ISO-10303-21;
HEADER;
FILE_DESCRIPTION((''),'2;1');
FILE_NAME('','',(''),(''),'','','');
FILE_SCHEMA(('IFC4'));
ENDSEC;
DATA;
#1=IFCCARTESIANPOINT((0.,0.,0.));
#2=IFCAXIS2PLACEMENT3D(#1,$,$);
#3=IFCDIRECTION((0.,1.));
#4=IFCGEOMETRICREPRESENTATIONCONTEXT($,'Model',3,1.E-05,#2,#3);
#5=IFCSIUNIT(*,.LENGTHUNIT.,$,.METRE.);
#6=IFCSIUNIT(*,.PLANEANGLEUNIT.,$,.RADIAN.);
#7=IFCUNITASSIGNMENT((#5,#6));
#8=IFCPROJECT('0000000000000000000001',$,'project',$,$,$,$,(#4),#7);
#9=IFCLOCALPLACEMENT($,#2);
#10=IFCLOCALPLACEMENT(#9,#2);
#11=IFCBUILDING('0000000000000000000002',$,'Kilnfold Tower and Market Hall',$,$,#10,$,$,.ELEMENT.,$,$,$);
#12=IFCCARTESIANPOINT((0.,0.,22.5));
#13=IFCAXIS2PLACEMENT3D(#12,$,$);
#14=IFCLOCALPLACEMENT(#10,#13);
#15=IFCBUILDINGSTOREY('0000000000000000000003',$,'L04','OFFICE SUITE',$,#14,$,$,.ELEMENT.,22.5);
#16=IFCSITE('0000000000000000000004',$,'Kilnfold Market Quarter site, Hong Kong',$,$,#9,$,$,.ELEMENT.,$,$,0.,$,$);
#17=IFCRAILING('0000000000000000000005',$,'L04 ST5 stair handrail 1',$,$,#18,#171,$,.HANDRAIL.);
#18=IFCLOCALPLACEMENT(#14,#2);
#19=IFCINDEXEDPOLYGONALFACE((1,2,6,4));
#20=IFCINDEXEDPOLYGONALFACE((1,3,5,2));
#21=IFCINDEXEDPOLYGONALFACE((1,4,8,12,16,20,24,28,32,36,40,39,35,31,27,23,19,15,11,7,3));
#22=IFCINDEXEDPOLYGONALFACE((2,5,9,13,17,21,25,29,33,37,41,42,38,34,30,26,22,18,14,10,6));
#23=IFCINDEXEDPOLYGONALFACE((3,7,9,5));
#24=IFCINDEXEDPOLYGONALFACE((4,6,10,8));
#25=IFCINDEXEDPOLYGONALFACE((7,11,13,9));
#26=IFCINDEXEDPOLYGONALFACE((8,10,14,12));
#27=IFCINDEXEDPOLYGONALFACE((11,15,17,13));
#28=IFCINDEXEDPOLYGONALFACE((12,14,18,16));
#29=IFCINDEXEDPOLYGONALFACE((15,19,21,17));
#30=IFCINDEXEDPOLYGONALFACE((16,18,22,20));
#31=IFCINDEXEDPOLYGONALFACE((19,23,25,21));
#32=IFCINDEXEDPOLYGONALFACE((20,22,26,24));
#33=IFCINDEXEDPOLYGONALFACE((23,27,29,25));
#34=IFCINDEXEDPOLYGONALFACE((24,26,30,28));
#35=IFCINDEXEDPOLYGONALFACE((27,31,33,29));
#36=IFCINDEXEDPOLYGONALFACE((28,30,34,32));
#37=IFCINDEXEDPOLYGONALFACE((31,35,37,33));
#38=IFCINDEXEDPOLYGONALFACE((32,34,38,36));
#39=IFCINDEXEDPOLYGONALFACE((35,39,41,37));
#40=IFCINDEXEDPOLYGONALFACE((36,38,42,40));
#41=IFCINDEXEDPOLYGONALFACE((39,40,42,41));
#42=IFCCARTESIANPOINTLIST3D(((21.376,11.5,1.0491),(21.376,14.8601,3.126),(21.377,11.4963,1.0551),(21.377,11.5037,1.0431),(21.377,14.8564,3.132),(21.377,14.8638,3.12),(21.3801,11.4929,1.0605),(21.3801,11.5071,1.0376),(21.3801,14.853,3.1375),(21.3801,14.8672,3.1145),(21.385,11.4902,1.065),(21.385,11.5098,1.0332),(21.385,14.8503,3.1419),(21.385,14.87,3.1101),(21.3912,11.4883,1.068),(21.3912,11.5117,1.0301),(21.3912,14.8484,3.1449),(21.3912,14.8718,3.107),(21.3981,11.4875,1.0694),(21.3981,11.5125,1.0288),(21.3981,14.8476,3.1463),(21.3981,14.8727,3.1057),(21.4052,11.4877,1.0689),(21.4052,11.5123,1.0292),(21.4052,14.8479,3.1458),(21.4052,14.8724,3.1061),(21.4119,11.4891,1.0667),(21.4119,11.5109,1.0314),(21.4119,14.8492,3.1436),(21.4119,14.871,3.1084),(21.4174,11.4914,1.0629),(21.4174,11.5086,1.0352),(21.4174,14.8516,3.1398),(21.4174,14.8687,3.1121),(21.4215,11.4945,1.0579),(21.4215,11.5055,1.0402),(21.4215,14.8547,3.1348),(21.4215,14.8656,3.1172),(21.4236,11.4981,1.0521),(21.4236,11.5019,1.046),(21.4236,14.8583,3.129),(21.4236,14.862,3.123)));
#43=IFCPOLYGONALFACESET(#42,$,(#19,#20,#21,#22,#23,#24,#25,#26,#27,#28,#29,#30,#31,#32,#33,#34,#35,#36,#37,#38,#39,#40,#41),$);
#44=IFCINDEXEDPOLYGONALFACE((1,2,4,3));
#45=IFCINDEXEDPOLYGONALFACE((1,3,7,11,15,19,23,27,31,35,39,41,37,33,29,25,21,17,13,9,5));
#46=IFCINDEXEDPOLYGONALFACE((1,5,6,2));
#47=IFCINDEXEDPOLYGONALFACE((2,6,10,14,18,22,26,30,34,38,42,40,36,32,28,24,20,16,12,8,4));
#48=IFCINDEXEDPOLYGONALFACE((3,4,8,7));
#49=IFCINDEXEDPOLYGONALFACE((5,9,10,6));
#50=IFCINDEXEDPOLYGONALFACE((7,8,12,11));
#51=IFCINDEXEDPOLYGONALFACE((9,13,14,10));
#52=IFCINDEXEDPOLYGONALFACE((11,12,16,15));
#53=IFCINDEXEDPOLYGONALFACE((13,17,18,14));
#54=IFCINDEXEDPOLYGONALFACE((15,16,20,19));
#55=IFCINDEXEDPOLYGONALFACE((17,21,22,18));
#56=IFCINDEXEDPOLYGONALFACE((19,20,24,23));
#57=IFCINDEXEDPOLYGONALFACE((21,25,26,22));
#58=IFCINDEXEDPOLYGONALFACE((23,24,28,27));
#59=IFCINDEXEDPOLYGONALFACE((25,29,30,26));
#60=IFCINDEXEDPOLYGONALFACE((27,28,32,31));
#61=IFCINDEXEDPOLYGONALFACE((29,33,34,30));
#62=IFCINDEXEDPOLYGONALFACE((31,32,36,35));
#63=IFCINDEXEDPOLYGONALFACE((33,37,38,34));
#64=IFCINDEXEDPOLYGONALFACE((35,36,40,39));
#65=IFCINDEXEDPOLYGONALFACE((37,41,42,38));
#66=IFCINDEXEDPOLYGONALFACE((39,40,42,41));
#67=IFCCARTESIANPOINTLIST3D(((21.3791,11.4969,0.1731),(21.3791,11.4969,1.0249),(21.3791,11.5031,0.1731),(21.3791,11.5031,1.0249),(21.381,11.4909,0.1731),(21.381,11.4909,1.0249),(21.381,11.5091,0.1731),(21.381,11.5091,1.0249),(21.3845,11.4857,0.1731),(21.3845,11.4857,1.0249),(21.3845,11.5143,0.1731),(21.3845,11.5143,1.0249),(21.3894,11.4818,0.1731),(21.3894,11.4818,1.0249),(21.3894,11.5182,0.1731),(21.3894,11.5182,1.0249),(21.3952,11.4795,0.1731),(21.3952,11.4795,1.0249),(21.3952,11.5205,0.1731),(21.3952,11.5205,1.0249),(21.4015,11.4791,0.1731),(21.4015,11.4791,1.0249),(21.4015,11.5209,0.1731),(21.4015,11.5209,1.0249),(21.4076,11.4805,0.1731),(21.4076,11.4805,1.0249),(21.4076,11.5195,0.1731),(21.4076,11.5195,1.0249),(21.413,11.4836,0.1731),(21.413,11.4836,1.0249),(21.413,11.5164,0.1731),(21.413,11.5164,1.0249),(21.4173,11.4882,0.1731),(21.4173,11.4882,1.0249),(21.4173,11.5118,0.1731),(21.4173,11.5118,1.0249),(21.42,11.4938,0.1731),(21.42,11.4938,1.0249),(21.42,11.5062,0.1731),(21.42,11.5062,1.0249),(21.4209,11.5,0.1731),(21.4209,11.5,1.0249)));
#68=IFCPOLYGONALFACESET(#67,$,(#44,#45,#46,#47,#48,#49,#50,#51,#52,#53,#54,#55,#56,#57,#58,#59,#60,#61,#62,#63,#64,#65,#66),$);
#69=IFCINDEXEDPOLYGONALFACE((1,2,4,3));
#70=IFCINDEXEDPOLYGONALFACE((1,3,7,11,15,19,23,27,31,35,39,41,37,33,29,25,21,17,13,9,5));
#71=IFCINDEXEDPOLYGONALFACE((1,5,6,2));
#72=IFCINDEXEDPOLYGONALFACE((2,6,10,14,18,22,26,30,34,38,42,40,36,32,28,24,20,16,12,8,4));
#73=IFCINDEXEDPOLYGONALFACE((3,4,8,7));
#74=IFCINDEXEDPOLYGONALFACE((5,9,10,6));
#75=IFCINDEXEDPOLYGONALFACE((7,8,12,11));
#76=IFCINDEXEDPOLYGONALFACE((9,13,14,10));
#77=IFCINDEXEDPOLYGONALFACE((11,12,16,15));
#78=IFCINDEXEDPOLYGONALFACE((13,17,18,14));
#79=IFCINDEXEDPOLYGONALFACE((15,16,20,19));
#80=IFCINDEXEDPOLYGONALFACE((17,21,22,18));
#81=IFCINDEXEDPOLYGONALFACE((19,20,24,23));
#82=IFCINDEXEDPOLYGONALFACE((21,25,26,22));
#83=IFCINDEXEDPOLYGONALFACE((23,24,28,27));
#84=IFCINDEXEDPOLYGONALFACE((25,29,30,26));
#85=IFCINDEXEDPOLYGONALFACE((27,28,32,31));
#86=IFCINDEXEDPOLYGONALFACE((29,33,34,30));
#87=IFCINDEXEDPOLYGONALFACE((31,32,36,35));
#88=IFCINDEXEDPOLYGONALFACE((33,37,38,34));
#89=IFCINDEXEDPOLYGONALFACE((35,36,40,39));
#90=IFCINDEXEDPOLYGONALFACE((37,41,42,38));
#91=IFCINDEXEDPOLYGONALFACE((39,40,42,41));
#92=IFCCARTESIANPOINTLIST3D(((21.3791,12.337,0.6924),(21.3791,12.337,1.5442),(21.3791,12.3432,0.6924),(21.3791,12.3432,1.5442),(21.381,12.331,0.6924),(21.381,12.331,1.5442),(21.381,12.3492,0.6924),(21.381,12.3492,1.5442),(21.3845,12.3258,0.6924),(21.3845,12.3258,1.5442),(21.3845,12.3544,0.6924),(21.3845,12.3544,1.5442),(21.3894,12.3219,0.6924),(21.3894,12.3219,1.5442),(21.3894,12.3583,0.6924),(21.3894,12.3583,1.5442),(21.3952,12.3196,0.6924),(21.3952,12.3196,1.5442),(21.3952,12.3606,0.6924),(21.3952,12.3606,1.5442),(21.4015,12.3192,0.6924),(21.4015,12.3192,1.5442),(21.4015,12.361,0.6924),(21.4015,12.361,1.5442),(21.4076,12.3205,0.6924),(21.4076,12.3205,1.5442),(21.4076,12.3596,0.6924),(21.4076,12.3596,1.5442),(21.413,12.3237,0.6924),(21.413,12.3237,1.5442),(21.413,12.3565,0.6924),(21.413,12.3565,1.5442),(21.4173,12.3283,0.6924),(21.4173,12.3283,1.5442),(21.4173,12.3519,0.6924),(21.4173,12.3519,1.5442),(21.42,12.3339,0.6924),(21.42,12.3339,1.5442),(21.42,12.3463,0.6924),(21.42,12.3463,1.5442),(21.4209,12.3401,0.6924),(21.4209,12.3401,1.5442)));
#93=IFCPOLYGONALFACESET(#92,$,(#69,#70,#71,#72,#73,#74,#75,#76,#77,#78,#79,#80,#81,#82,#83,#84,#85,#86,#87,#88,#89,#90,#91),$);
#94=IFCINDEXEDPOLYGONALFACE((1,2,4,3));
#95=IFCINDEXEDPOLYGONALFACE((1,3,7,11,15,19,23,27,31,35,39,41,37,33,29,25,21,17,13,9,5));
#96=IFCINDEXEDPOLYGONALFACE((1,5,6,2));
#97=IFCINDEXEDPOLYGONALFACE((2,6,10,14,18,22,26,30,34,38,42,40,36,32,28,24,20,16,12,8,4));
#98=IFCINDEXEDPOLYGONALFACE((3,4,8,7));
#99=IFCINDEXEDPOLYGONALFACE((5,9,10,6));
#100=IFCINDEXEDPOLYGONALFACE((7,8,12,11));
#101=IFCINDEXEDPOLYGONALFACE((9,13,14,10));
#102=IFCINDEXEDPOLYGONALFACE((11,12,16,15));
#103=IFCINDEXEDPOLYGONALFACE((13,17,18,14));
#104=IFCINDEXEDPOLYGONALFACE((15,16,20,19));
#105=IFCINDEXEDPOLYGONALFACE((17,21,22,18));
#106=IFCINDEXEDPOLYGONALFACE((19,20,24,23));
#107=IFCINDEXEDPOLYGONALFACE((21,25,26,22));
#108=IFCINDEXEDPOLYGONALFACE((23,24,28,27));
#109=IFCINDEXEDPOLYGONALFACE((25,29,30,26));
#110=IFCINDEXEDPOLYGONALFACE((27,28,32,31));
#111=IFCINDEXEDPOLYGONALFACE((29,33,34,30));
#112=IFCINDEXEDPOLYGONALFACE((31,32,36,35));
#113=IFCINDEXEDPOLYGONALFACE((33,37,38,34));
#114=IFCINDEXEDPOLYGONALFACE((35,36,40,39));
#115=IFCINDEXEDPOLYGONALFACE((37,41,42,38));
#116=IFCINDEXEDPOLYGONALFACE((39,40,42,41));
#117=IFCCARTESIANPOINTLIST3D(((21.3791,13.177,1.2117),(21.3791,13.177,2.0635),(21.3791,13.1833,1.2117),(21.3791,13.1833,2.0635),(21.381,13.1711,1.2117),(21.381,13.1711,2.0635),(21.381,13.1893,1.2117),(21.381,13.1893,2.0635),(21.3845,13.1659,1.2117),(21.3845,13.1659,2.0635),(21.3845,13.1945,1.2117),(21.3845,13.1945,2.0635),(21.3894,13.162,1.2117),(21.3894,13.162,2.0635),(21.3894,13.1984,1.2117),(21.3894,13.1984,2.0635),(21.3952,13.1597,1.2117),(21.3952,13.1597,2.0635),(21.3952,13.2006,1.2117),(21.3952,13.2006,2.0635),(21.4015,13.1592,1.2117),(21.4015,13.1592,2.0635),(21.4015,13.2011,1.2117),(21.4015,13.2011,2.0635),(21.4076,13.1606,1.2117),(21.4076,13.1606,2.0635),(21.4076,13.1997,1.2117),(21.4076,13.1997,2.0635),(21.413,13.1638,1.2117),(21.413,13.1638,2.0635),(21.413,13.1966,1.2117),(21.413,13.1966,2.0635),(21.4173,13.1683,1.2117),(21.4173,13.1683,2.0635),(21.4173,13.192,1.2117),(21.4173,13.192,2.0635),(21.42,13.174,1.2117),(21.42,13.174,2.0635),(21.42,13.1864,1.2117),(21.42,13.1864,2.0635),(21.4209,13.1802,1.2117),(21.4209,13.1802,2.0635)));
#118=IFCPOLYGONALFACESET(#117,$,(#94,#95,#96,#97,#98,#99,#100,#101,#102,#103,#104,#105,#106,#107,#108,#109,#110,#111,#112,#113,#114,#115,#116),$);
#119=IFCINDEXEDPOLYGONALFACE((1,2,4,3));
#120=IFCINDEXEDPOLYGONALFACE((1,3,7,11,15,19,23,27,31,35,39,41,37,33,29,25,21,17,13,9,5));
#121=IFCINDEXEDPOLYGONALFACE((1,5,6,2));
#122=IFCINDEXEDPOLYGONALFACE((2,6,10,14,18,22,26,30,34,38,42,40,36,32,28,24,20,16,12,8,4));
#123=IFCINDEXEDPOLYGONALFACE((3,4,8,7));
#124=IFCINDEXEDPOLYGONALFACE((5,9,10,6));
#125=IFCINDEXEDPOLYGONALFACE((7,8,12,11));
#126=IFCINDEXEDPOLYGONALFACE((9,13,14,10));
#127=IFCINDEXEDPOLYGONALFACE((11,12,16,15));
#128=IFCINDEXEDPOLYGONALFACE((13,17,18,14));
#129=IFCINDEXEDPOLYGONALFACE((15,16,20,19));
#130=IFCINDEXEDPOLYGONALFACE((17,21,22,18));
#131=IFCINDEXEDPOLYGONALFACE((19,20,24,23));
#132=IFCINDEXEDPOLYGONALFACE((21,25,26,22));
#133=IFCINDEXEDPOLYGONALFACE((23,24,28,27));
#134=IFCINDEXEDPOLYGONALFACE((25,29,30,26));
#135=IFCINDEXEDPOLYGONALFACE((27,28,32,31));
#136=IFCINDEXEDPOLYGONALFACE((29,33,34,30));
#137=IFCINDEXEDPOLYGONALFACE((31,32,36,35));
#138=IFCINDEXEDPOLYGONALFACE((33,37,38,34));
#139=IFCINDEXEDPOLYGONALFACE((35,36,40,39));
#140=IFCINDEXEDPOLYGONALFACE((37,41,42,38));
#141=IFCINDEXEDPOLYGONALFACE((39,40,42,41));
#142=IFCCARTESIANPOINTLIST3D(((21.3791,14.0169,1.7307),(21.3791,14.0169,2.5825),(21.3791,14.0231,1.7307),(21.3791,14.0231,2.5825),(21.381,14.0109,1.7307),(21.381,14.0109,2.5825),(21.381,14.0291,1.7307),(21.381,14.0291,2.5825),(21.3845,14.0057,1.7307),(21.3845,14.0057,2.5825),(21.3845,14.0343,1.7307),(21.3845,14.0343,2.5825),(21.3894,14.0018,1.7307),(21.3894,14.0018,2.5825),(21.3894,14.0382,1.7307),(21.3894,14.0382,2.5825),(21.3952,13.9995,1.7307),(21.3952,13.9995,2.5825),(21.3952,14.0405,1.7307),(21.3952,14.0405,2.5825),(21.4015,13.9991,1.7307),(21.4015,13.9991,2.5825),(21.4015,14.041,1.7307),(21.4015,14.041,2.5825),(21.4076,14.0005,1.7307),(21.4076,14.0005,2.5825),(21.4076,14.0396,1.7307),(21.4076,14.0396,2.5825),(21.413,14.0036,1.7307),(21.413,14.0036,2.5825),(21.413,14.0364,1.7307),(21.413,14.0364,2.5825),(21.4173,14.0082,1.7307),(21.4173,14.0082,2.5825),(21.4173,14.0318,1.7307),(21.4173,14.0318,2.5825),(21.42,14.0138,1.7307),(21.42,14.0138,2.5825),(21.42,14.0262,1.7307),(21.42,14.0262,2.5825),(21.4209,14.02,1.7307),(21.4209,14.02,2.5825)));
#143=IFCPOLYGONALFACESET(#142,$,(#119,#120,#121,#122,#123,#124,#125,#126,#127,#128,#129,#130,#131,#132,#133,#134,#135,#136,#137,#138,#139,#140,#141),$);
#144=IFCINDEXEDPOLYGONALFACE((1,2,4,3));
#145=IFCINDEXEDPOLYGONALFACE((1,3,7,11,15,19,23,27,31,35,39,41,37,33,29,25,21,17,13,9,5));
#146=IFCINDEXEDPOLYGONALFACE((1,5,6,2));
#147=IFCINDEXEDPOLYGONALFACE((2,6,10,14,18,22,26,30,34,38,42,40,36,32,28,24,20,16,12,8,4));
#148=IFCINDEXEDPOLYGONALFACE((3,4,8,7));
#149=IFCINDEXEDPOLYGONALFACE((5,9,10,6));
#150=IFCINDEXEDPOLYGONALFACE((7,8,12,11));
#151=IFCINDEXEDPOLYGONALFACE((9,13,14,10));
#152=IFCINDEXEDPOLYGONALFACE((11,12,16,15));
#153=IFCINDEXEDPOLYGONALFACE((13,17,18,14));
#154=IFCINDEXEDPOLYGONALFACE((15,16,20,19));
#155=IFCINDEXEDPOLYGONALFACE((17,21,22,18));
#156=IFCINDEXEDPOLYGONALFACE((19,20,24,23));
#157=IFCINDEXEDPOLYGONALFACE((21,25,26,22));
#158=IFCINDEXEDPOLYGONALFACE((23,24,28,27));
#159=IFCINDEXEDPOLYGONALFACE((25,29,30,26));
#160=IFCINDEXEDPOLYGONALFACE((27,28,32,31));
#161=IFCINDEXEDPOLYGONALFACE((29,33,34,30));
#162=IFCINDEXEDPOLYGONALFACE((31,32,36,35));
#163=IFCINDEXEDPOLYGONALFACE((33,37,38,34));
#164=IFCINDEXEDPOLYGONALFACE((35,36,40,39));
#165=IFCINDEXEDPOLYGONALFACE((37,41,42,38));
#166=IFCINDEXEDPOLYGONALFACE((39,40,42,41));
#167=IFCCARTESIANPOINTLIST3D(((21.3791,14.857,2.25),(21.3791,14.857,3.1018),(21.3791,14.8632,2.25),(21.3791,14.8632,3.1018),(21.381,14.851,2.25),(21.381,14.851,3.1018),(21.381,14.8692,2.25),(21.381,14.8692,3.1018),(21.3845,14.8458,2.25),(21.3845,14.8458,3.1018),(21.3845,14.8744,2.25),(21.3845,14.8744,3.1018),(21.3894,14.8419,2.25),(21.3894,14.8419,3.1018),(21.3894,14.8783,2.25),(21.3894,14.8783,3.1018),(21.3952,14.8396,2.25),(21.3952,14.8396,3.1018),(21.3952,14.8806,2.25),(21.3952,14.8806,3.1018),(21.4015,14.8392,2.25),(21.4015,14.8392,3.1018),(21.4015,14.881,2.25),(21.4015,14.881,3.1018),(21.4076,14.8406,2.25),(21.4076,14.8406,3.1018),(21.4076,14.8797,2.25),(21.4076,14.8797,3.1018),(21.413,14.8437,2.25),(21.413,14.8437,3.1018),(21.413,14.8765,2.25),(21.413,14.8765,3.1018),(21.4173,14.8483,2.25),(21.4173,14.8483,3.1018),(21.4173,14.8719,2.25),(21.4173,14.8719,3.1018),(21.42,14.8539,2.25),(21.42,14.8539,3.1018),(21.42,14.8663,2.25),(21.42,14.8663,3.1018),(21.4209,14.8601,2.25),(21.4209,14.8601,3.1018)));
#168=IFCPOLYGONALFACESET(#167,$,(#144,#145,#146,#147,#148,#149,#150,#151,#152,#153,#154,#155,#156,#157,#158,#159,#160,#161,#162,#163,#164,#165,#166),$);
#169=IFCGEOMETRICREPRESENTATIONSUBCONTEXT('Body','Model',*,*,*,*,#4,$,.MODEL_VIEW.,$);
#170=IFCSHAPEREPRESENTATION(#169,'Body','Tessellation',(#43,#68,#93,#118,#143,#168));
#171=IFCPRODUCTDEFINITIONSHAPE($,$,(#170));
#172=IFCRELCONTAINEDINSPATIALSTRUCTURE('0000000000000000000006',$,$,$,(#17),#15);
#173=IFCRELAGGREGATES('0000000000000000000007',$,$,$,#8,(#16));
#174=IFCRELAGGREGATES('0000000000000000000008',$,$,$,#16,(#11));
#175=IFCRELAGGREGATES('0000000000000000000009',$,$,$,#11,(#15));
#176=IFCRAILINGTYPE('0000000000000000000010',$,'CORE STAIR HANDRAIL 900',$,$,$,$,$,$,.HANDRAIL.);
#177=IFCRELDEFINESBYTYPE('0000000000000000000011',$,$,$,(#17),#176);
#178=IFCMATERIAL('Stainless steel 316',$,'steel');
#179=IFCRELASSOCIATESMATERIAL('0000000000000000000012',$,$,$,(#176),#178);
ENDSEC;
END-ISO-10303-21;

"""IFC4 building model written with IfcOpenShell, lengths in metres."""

from ifc_helpers import new_model, si_unit, direction, frame, origin, origin_2d, place, context, subcontext, project, spatial, circle, extrude, material, type_object, element, save


model = new_model("IFC4")

# Units and contexts
model_context = context("Model", 3, precision=1e-05, world=origin(), true_north=direction((0.0, 1.0)))
body_context = subcontext(model_context, "Body", "Model", "MODEL_VIEW")
ifc_project = project(units=[si_unit("LENGTHUNIT", "METRE"), si_unit("PLANEANGLEUNIT", "RADIAN")], contexts=[model_context])

# Site, building, storey
site_placement = place(None, origin())
site = spatial("IfcSite", under=ifc_project, at=site_placement, Name="Kilnfold Market Quarter site, Hong Kong", CompositionType="ELEMENT", RefElevation=0.0)
building_placement = place(site_placement, origin())
building = spatial("IfcBuilding", under=site, at=building_placement, Name="Kilnfold Tower and Market Hall", CompositionType="ELEMENT")
storey_placement = place(building_placement, frame((0.0, 0.0, 22.5)))
storey = spatial("IfcBuildingStorey", under=building, at=storey_placement, Name="L04", Description="OFFICE SUITE", CompositionType="ELEMENT", Elevation=22.5)

# Railing
ifc_material_1 = material(Name="Stainless steel 316", Category="steel")
railing_type_1 = type_object("IfcRailingType", Name="CORE STAIR HANDRAIL 900", PredefinedType="HANDRAIL", material=ifc_material_1)
railing_1_placement = place(storey_placement, frame((21.3999, 11.5, 0.1731)))
element("IfcRailing", 1, at=railing_1_placement, inside=storey, type_object=railing_type_1, Name="L04 ST5 stair handrail 1", PredefinedType="HANDRAIL", context=body_context, shape_type="SweptSolid", body=[
    extrude(circle(Radius=0.0239, at=origin_2d()), frame((0.0, 0.0, 0.876), z_axis=(0.0, 0.850623, 0.525776), x_axis=(-1.0, 0.0, 0.0)), (0.0, 0.0, 1.0), 3.9502),
    extrude(circle(Radius=0.021, at=origin_2d()), origin(), (0.0, 0.0, 1.0), 0.8518),
    extrude(circle(Radius=0.021, at=origin_2d()), frame((0.0, 0.8401, 0.5193)), (0.0, 0.0, 1.0), 0.8518),
    extrude(circle(Radius=0.021, at=origin_2d()), frame((0.0, 1.6802, 1.0386)), (0.0, 0.0, 1.0), 0.8518),
    extrude(circle(Radius=0.021, at=origin_2d()), frame((0.0, 2.52, 1.5576)), (0.0, 0.0, 1.0), 0.8518),
    extrude(circle(Radius=0.021, at=origin_2d()), frame((0.0, 3.3601, 2.0769)), (0.0, 0.0, 1.0), 0.8518),
])

save(model, "model.ifc")
